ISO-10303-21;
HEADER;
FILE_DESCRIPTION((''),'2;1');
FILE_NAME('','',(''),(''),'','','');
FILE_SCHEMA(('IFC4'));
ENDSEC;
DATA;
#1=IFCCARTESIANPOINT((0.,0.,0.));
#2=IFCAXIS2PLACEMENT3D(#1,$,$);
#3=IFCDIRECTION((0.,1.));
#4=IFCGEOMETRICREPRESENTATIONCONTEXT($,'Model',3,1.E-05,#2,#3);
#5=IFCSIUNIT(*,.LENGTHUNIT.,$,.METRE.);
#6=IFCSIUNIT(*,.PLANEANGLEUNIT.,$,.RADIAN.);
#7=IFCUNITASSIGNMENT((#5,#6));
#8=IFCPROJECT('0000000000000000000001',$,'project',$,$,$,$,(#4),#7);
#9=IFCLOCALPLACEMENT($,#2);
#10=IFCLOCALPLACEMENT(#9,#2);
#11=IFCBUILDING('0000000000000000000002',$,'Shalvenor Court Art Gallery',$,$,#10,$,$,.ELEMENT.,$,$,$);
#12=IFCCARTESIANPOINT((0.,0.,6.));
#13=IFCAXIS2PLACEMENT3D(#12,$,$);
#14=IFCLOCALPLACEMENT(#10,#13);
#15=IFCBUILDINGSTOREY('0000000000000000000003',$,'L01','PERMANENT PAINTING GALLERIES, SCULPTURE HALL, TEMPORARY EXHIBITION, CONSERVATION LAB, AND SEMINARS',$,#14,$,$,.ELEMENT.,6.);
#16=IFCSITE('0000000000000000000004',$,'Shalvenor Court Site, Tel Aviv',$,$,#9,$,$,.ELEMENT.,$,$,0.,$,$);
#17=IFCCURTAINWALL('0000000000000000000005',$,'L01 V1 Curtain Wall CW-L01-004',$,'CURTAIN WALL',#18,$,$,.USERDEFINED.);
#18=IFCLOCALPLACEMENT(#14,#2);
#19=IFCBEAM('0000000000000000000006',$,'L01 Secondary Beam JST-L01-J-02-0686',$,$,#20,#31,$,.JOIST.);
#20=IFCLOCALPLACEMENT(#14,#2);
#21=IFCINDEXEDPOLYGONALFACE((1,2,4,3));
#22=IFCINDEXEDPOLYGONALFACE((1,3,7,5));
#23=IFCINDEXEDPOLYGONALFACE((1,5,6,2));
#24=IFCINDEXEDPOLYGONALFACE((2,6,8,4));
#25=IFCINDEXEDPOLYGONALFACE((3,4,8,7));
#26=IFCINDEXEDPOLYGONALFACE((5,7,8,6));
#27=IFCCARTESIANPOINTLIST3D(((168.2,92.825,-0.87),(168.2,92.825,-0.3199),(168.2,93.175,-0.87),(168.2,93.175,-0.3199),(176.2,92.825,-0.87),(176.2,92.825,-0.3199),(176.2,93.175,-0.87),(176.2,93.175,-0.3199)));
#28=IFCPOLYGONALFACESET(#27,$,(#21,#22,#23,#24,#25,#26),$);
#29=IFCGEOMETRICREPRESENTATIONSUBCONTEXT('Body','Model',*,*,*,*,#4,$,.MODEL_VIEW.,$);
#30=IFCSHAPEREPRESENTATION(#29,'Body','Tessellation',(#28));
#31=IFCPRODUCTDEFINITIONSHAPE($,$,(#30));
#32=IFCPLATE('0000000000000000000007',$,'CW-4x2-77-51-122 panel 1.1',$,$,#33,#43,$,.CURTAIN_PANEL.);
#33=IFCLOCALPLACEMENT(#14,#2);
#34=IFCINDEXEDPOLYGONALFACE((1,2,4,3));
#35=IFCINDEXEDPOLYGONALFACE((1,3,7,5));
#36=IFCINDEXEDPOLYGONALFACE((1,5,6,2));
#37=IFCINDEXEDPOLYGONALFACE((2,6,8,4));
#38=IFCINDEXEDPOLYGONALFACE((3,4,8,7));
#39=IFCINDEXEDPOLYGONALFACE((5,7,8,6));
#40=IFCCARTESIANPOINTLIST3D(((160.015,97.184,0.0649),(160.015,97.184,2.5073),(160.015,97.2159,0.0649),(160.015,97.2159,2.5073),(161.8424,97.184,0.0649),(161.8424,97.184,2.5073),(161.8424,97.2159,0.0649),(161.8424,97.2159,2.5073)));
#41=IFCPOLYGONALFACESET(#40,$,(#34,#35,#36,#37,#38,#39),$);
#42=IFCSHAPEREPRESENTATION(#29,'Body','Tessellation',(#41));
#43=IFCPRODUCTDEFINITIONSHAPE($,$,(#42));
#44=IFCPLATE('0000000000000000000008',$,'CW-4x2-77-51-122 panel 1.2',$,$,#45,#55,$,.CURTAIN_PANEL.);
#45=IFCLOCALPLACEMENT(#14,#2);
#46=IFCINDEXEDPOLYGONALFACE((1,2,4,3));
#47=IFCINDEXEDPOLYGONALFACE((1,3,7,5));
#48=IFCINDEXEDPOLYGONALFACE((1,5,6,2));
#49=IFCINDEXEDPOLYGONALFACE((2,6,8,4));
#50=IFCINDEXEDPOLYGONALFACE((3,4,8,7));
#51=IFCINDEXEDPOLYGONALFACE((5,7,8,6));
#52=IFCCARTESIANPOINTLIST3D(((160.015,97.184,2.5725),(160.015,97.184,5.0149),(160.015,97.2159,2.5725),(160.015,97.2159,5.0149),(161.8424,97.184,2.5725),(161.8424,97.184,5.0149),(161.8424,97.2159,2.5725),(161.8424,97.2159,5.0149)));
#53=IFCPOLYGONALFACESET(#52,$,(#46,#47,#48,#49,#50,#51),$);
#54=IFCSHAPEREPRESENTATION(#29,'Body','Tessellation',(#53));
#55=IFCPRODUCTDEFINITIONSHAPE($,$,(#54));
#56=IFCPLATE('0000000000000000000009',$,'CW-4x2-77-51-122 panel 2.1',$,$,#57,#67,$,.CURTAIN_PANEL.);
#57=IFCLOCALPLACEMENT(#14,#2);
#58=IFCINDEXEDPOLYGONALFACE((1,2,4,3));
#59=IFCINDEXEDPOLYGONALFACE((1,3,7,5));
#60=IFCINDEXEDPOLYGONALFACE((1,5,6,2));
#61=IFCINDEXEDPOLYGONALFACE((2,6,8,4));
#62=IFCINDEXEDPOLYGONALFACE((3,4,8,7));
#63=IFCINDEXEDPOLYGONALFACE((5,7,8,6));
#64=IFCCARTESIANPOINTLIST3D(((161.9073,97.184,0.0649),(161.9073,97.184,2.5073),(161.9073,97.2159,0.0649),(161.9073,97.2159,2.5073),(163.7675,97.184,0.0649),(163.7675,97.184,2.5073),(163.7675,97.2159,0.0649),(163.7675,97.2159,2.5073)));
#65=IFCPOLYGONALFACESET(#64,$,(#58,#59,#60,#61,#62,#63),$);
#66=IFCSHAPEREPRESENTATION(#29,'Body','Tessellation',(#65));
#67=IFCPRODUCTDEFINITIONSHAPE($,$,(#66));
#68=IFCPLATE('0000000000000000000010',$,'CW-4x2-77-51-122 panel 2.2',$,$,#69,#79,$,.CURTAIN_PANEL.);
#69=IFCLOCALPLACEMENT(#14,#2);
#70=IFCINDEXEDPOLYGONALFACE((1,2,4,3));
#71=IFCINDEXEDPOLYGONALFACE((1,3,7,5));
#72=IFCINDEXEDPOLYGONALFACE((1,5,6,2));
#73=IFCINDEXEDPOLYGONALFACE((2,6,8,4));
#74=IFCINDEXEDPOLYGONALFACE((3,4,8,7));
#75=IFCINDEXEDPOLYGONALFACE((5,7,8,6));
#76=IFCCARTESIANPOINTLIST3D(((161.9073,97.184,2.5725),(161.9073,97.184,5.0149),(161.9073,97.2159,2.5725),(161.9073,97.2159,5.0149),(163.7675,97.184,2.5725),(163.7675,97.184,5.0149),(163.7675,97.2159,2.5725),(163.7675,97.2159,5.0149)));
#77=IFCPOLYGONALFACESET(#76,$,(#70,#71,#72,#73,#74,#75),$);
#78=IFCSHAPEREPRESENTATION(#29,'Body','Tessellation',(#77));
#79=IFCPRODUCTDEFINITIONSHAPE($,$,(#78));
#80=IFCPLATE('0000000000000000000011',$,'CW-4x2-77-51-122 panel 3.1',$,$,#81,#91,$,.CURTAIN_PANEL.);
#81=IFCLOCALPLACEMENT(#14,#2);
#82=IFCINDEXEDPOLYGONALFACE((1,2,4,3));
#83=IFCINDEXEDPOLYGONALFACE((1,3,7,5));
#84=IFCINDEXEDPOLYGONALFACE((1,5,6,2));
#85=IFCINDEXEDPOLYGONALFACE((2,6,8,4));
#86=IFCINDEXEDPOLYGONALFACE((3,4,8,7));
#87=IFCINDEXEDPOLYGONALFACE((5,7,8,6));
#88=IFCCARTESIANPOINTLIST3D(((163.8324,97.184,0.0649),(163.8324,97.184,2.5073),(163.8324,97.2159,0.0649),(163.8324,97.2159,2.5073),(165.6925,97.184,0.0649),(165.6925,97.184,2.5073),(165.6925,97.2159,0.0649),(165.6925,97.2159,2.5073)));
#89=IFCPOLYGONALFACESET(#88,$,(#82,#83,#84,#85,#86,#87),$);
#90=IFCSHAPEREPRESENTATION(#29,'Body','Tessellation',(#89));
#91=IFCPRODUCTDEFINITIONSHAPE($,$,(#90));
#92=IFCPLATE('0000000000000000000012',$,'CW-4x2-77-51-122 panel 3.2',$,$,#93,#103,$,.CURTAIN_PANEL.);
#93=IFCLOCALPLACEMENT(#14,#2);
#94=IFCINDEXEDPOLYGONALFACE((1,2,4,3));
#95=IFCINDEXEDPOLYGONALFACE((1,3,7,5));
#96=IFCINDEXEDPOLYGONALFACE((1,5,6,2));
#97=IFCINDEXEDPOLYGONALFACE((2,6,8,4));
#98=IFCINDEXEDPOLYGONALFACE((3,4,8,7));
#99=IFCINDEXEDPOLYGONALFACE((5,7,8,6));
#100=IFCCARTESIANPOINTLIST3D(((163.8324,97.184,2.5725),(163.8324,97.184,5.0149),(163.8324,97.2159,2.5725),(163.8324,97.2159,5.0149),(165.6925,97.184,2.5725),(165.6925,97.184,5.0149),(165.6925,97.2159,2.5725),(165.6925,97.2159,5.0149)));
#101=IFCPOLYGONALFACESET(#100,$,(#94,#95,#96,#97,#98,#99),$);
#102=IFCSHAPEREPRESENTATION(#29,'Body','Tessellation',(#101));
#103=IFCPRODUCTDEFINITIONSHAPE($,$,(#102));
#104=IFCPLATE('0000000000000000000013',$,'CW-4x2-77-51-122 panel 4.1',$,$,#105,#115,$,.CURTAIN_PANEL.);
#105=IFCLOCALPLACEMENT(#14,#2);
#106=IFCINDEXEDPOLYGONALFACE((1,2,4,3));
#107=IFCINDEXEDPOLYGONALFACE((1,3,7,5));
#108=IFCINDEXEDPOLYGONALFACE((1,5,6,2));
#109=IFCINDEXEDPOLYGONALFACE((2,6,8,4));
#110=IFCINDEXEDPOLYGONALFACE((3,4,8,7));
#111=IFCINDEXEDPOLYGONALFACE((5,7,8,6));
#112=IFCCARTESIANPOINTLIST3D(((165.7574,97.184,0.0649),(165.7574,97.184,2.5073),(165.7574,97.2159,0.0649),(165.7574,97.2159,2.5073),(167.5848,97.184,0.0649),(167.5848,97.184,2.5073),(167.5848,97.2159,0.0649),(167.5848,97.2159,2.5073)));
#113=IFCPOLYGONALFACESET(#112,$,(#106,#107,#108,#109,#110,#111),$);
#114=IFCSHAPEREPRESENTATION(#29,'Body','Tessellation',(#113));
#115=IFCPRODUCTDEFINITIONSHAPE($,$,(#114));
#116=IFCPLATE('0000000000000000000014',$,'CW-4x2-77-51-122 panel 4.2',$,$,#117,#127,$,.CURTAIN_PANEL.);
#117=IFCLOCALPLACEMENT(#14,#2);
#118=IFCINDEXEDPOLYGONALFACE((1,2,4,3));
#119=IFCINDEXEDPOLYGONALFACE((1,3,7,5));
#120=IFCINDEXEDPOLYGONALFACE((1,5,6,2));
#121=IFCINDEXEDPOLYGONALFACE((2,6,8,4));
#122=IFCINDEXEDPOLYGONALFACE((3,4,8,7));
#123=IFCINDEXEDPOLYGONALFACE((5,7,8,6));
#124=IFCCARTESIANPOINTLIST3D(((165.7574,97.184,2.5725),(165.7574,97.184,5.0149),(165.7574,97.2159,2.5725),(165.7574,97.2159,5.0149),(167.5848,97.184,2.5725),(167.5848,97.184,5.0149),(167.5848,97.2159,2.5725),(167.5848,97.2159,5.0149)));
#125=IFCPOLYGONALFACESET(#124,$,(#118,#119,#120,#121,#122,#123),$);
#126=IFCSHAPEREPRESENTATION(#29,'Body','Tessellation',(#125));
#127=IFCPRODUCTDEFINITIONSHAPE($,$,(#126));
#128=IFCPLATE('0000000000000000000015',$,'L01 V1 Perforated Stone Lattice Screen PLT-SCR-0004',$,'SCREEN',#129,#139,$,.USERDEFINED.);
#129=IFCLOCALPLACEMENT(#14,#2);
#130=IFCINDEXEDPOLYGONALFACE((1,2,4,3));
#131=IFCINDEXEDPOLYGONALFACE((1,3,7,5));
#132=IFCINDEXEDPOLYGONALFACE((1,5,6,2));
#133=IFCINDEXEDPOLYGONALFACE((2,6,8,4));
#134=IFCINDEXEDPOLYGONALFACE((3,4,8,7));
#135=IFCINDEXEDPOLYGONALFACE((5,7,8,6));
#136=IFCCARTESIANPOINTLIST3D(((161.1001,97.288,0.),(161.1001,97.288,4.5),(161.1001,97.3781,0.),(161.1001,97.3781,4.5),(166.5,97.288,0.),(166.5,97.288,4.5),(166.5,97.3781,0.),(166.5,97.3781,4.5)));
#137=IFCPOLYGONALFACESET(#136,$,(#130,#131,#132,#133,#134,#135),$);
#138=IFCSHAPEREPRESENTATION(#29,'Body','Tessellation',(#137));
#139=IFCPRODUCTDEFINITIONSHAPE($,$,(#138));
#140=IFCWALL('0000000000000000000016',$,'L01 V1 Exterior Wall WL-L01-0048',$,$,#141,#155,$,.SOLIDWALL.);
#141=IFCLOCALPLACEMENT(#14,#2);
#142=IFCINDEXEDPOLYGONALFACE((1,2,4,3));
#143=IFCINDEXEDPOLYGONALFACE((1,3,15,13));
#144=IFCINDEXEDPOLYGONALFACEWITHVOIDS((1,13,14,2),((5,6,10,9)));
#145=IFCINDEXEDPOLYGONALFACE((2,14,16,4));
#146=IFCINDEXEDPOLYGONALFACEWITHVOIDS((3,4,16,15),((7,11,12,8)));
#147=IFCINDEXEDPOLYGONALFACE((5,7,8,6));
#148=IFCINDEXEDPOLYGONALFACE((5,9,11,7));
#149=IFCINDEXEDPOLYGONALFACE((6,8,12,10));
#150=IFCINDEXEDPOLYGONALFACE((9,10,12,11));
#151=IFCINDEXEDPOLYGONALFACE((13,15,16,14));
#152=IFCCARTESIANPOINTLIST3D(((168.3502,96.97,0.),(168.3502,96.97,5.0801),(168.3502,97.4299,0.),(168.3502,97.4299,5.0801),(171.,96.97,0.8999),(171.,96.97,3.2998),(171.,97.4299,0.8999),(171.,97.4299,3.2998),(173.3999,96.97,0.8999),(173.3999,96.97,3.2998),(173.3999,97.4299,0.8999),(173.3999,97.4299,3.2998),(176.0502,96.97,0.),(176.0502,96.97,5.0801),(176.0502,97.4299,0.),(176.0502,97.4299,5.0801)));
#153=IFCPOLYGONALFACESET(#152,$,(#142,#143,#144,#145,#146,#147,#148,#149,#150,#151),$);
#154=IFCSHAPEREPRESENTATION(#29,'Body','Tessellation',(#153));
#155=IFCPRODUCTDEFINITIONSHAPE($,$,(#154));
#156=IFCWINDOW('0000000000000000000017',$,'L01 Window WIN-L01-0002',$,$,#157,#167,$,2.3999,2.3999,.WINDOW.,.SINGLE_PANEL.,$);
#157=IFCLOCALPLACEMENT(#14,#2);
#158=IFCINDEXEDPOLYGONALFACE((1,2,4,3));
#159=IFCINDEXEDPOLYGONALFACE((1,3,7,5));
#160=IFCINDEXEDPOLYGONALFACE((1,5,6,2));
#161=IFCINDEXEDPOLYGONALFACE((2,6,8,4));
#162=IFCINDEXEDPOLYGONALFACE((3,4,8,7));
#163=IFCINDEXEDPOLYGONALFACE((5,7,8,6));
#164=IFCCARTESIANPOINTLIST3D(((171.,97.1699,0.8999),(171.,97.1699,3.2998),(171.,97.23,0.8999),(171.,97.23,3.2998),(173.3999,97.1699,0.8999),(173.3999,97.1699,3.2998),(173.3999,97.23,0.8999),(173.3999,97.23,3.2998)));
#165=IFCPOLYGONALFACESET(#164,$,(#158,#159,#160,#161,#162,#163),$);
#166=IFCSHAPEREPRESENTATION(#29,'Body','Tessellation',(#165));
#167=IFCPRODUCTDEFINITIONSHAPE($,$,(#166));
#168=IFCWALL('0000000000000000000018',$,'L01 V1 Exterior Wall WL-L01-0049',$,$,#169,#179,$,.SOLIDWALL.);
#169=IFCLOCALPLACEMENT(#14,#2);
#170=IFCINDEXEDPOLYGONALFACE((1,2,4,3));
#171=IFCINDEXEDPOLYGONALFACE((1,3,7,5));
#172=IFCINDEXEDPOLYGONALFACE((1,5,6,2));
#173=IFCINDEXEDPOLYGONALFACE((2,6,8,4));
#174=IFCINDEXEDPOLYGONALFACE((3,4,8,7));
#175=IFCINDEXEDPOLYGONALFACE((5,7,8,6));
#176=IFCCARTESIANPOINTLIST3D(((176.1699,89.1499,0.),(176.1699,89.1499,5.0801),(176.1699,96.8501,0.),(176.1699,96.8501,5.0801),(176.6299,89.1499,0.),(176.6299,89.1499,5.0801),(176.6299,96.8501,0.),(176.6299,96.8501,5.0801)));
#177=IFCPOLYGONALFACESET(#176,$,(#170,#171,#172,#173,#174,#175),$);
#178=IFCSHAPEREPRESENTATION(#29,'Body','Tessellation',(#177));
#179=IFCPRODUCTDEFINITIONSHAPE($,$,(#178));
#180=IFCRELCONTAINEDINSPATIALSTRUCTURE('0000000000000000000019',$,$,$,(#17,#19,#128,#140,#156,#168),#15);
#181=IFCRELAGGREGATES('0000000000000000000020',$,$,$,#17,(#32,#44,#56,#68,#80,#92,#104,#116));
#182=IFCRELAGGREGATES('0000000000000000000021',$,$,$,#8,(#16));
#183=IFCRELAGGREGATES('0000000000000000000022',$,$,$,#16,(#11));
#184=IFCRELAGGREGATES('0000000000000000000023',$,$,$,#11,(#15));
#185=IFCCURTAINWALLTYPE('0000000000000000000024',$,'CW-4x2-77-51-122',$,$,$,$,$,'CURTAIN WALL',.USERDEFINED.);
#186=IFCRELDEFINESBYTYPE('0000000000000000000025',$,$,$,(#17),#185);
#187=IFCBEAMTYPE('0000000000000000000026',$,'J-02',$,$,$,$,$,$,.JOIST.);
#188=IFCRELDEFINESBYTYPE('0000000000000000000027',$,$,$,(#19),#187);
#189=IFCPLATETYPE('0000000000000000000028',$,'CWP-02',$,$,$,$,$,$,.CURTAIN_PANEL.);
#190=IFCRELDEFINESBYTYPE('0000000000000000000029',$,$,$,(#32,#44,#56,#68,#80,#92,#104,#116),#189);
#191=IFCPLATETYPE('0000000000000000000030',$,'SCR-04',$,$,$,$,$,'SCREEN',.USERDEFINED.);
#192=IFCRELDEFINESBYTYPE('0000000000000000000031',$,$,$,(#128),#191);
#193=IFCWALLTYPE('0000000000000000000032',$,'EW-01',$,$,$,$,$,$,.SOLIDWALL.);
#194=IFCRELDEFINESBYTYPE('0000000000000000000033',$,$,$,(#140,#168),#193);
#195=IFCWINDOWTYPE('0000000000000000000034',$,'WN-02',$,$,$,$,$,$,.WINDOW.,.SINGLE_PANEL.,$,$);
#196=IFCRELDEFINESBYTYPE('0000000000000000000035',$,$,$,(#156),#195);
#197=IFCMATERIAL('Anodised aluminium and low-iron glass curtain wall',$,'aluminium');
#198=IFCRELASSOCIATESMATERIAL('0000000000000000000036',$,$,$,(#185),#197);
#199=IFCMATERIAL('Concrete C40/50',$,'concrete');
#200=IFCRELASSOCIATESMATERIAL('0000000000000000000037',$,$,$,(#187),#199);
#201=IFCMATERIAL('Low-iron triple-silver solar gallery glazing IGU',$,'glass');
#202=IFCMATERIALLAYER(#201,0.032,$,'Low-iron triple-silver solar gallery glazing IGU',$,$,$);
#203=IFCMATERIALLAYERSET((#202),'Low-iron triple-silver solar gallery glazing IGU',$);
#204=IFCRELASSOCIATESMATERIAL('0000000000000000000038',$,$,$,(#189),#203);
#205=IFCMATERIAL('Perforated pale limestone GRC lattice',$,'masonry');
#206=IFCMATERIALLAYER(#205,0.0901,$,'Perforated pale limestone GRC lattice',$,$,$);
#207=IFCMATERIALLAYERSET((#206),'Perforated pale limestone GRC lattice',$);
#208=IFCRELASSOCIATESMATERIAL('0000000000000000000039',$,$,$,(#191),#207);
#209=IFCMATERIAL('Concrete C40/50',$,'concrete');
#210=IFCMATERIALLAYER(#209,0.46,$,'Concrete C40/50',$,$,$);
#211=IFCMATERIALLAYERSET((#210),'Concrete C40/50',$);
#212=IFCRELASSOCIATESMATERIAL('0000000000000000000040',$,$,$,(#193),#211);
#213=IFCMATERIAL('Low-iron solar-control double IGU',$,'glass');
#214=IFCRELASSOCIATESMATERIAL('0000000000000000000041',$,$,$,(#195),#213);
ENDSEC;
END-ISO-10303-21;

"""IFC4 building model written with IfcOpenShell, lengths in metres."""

from ifc_helpers import new_model, si_unit, direction, frame, frame_2d, origin, origin_2d, place, context, subcontext, project, spatial, rectangle, extrude, material, layer, layer_set, material_profile, profile_set, type_object, element, fill, aggregate, save


model = new_model("IFC4")

# Units and contexts
model_context = context("Model", 3, precision=1e-05, world=origin(), true_north=direction((0.0, 1.0)))
body_context = subcontext(model_context, "Body", "Model", "MODEL_VIEW")
ifc_project = project(units=[si_unit("LENGTHUNIT", "METRE"), si_unit("PLANEANGLEUNIT", "RADIAN")], contexts=[model_context])

# Site, building, storey
site_placement = place(None, origin())
site = spatial("IfcSite", under=ifc_project, at=site_placement, Name="Shalvenor Court Site, Tel Aviv", CompositionType="ELEMENT", RefElevation=0.0)
building_placement = place(site_placement, origin())
building = spatial("IfcBuilding", under=site, at=building_placement, Name="Shalvenor Court Art Gallery", CompositionType="ELEMENT")
storey_placement = place(building_placement, frame((0.0, 0.0, 6.0)))
storey = spatial("IfcBuildingStorey", under=building, at=storey_placement, Name="L01", Description="PERMANENT PAINTING GALLERIES, SCULPTURE HALL, TEMPORARY EXHIBITION, CONSERVATION LAB, AND SEMINARS", CompositionType="ELEMENT", Elevation=6.0)

# Curtain wall
ifc_material_1 = material(Name="Anodised aluminium and low-iron glass curtain wall", Category="aluminium")
curtain_wall_type = type_object("IfcCurtainWallType", Name="CW-4x2-77-51-122", ElementType="CURTAIN WALL", PredefinedType="USERDEFINED", material=ifc_material_1)
curtain_wall_placement = place(storey_placement, origin())
curtain_wall = element("IfcCurtainWall", 1, at=curtain_wall_placement, inside=storey, type_object=curtain_wall_type, Name="L01 V1 Curtain Wall CW-L01-004", ObjectType="CURTAIN WALL", PredefinedType="USERDEFINED")

# Beam
ifc_material_2 = material(Name="Concrete C40/50", Category="concrete")
ifc_material_profile_1 = material_profile(ifc_material_2, rectangle(XDim=0.3501, YDim=0.55, at=origin_2d()), Name="RC 350x550")
ifc_profile_set_1 = profile_set([ifc_material_profile_1], Name="Concrete C40/50")
beam_type_1 = type_object("IfcBeamType", Name="J-02", PredefinedType="JOIST", material=ifc_profile_set_1)
beam_placement = place(storey_placement, frame((168.2, 93.0, -0.595), z_axis=(1.0, 0.0, 0.0), x_axis=(0.0, 1.0, 0.0)))
element("IfcBeam", 2, at=beam_placement, inside=storey, type_object=beam_type_1, Name="L01 Secondary Beam JST-L01-J-02-0686", PredefinedType="JOIST", context=body_context, shape_type="SweptSolid", body=[
    extrude(rectangle(XDim=0.3501, YDim=0.55, at=origin_2d()), origin(), (0.0, 0.0, 1.0), 8.0),
])

# Plates
ifc_material_3 = material(Name="Low-iron triple-silver solar gallery glazing IGU", Category="glass")
ifc_layer_1 = layer(ifc_material_3, 0.032, Name="Low-iron triple-silver solar gallery glazing IGU")
ifc_layer_set_1 = layer_set([ifc_layer_1], Name="Low-iron triple-silver solar gallery glazing IGU")
plate_type_1 = type_object("IfcPlateType", Name="CWP-02", PredefinedType="CURTAIN_PANEL", material=ifc_layer_set_1)
plate_1_placement = place(storey_placement, frame((160.9287, 97.2, 0.0649), z_axis=(0.0, 0.0, 1.0), x_axis=(1.0, 0.0, 0.0)))
plate_1 = element("IfcPlate", 3, at=plate_1_placement, type_object=plate_type_1, Name="CW-4x2-77-51-122 panel 1.1", PredefinedType="CURTAIN_PANEL", context=body_context, shape_type="SweptSolid", body=[
    extrude(rectangle(XDim=1.8274, YDim=0.032, at=origin_2d()), origin(), (0.0, 0.0, 1.0), 2.4424),
])
plate_2_placement = place(storey_placement, frame((160.9287, 97.2, 2.5725), z_axis=(0.0, 0.0, 1.0), x_axis=(1.0, 0.0, 0.0)))
plate_2 = element("IfcPlate", 4, at=plate_2_placement, type_object=plate_type_1, Name="CW-4x2-77-51-122 panel 1.2", PredefinedType="CURTAIN_PANEL", context=body_context, shape_type="SweptSolid", body=[
    extrude(rectangle(XDim=1.8274, YDim=0.032, at=origin_2d()), origin(), (0.0, 0.0, 1.0), 2.4424),
])
plate_3_placement = place(storey_placement, frame((162.8374, 97.2, 0.0649), z_axis=(0.0, 0.0, 1.0), x_axis=(1.0, 0.0, 0.0)))
plate_3 = element("IfcPlate", 5, at=plate_3_placement, type_object=plate_type_1, Name="CW-4x2-77-51-122 panel 2.1", PredefinedType="CURTAIN_PANEL", context=body_context, shape_type="SweptSolid", body=[
    extrude(rectangle(XDim=1.8601, YDim=0.032, at=origin_2d()), origin(), (0.0, 0.0, 1.0), 2.4424),
])
plate_4_placement = place(storey_placement, frame((162.8374, 97.2, 2.5725), z_axis=(0.0, 0.0, 1.0), x_axis=(1.0, 0.0, 0.0)))
plate_4 = element("IfcPlate", 6, at=plate_4_placement, type_object=plate_type_1, Name="CW-4x2-77-51-122 panel 2.2", PredefinedType="CURTAIN_PANEL", context=body_context, shape_type="SweptSolid", body=[
    extrude(rectangle(XDim=1.8601, YDim=0.032, at=origin_2d()), origin(), (0.0, 0.0, 1.0), 2.4424),
])
plate_5_placement = place(storey_placement, frame((164.7625, 97.2, 0.0649), z_axis=(0.0, 0.0, 1.0), x_axis=(1.0, 0.0, 0.0)))
plate_5 = element("IfcPlate", 7, at=plate_5_placement, type_object=plate_type_1, Name="CW-4x2-77-51-122 panel 3.1", PredefinedType="CURTAIN_PANEL", context=body_context, shape_type="SweptSolid", body=[
    extrude(rectangle(XDim=1.8601, YDim=0.032, at=origin_2d()), origin(), (0.0, 0.0, 1.0), 2.4424),
])
plate_6_placement = place(storey_placement, frame((164.7625, 97.2, 2.5725), z_axis=(0.0, 0.0, 1.0), x_axis=(1.0, 0.0, 0.0)))
plate_6 = element("IfcPlate", 8, at=plate_6_placement, type_object=plate_type_1, Name="CW-4x2-77-51-122 panel 3.2", PredefinedType="CURTAIN_PANEL", context=body_context, shape_type="SweptSolid", body=[
    extrude(rectangle(XDim=1.8601, YDim=0.032, at=origin_2d()), origin(), (0.0, 0.0, 1.0), 2.4424),
])
plate_7_placement = place(storey_placement, frame((166.6711, 97.2, 0.0649), z_axis=(0.0, 0.0, 1.0), x_axis=(1.0, 0.0, 0.0)))
plate_7 = element("IfcPlate", 9, at=plate_7_placement, type_object=plate_type_1, Name="CW-4x2-77-51-122 panel 4.1", PredefinedType="CURTAIN_PANEL", context=body_context, shape_type="SweptSolid", body=[
    extrude(rectangle(XDim=1.8274, YDim=0.032, at=origin_2d()), origin(), (0.0, 0.0, 1.0), 2.4424),
])
plate_8_placement = place(storey_placement, frame((166.6711, 97.2, 2.5725), z_axis=(0.0, 0.0, 1.0), x_axis=(1.0, 0.0, 0.0)))
plate_8 = element("IfcPlate", 10, at=plate_8_placement, type_object=plate_type_1, Name="CW-4x2-77-51-122 panel 4.2", PredefinedType="CURTAIN_PANEL", context=body_context, shape_type="SweptSolid", body=[
    extrude(rectangle(XDim=1.8274, YDim=0.032, at=origin_2d()), origin(), (0.0, 0.0, 1.0), 2.4424),
])
aggregate(curtain_wall, [plate_1, plate_2, plate_3, plate_4, plate_5, plate_6, plate_7, plate_8])
ifc_material_4 = material(Name="Perforated pale limestone GRC lattice", Category="masonry")
ifc_layer_2 = layer(ifc_material_4, 0.0901, Name="Perforated pale limestone GRC lattice")
ifc_layer_set_2 = layer_set([ifc_layer_2], Name="Perforated pale limestone GRC lattice")
plate_type_2 = type_object("IfcPlateType", Name="SCR-04", ElementType="SCREEN", PredefinedType="USERDEFINED", material=ifc_layer_set_2)
plate_9_placement = place(storey_placement, frame((163.8, 97.333, 0.0), z_axis=(0.0, 0.0, 1.0), x_axis=(1.0, 0.0, 0.0)))
element("IfcPlate", 11, at=plate_9_placement, inside=storey, type_object=plate_type_2, Name="L01 V1 Perforated Stone Lattice Screen PLT-SCR-0004", ObjectType="SCREEN", PredefinedType="USERDEFINED", context=body_context, shape_type="SweptSolid", body=[
    extrude(rectangle(XDim=5.3999, YDim=0.0901, at=origin_2d()), origin(), (0.0, 0.0, 1.0), 4.5),
])

# Wall, opening, window
ifc_material_5 = material(Name="Concrete C40/50", Category="concrete")
ifc_layer_3 = layer(ifc_material_5, 0.46, Name="Concrete C40/50")
ifc_layer_set_3 = layer_set([ifc_layer_3], Name="Concrete C40/50")
wall_type_1 = type_object("IfcWallType", Name="EW-01", PredefinedType="SOLIDWALL", material=ifc_layer_set_3)
wall_1_placement = place(storey_placement, frame((168.3501, 97.2, 0.0), z_axis=(0.0, 0.0, 1.0), x_axis=(1.0, 0.0, 0.0)))
wall_1 = element("IfcWall", 12, at=wall_1_placement, inside=storey, type_object=wall_type_1, Name="L01 V1 Exterior Wall WL-L01-0048", PredefinedType="SOLIDWALL", context=body_context, shape_type="SweptSolid", body=[
    extrude(rectangle(XDim=7.7, YDim=0.46, at=frame_2d((3.8501, 0.0))), origin(), (0.0, 0.0, 1.0), 5.0801),
])
opening_1_placement = place(wall_1_placement, frame((2.6499, 0.0, 0.8999)))
opening_1 = element("IfcOpeningElement", 13, at=opening_1_placement, cuts=wall_1, PredefinedType="OPENING", context=body_context, shape_type="SweptSolid", body=[
    extrude(rectangle(XDim=2.3999, YDim=2.3999, at=frame_2d((1.2, 1.2))), frame((0.0, 0.24, 0.0), z_axis=(0.0, -1.0, 0.0), x_axis=(1.0, 0.0, 0.0)), (0.0, 0.0, 1.0), 0.48),
])
ifc_material_6 = material(Name="Low-iron solar-control double IGU", Category="glass")
window_type = type_object("IfcWindowType", Name="WN-02", PartitioningType="SINGLE_PANEL", PredefinedType="WINDOW", material=ifc_material_6)
window_placement = place(opening_1_placement, origin())
window = element("IfcWindow", 14, at=window_placement, inside=storey, type_object=window_type, Name="L01 Window WIN-L01-0002", OverallHeight=2.3999, OverallWidth=2.3999, PartitioningType="SINGLE_PANEL", PredefinedType="WINDOW", context=body_context, shape_type="SweptSolid", body=[
    extrude(rectangle(XDim=2.3999, YDim=2.3999, at=frame_2d((1.2, 1.2))), frame((0.0, 0.03, 0.0), z_axis=(0.0, -1.0, 0.0), x_axis=(1.0, 0.0, 0.0)), (0.0, 0.0, 1.0), 0.0601),
])
fill(opening_1, window)

# Wall
wall_2_placement = place(storey_placement, frame((176.3999, 96.8501, 0.0), z_axis=(0.0, 0.0, 1.0), x_axis=(0.0, -1.0, 0.0)))
element("IfcWall", 15, at=wall_2_placement, inside=storey, type_object=wall_type_1, Name="L01 V1 Exterior Wall WL-L01-0049", PredefinedType="SOLIDWALL", context=body_context, shape_type="SweptSolid", body=[
    extrude(rectangle(XDim=7.7002, YDim=0.46, at=frame_2d((3.8501, 0.0))), origin(), (0.0, 0.0, 1.0), 5.0801),
])

save(model, "model.ifc")
